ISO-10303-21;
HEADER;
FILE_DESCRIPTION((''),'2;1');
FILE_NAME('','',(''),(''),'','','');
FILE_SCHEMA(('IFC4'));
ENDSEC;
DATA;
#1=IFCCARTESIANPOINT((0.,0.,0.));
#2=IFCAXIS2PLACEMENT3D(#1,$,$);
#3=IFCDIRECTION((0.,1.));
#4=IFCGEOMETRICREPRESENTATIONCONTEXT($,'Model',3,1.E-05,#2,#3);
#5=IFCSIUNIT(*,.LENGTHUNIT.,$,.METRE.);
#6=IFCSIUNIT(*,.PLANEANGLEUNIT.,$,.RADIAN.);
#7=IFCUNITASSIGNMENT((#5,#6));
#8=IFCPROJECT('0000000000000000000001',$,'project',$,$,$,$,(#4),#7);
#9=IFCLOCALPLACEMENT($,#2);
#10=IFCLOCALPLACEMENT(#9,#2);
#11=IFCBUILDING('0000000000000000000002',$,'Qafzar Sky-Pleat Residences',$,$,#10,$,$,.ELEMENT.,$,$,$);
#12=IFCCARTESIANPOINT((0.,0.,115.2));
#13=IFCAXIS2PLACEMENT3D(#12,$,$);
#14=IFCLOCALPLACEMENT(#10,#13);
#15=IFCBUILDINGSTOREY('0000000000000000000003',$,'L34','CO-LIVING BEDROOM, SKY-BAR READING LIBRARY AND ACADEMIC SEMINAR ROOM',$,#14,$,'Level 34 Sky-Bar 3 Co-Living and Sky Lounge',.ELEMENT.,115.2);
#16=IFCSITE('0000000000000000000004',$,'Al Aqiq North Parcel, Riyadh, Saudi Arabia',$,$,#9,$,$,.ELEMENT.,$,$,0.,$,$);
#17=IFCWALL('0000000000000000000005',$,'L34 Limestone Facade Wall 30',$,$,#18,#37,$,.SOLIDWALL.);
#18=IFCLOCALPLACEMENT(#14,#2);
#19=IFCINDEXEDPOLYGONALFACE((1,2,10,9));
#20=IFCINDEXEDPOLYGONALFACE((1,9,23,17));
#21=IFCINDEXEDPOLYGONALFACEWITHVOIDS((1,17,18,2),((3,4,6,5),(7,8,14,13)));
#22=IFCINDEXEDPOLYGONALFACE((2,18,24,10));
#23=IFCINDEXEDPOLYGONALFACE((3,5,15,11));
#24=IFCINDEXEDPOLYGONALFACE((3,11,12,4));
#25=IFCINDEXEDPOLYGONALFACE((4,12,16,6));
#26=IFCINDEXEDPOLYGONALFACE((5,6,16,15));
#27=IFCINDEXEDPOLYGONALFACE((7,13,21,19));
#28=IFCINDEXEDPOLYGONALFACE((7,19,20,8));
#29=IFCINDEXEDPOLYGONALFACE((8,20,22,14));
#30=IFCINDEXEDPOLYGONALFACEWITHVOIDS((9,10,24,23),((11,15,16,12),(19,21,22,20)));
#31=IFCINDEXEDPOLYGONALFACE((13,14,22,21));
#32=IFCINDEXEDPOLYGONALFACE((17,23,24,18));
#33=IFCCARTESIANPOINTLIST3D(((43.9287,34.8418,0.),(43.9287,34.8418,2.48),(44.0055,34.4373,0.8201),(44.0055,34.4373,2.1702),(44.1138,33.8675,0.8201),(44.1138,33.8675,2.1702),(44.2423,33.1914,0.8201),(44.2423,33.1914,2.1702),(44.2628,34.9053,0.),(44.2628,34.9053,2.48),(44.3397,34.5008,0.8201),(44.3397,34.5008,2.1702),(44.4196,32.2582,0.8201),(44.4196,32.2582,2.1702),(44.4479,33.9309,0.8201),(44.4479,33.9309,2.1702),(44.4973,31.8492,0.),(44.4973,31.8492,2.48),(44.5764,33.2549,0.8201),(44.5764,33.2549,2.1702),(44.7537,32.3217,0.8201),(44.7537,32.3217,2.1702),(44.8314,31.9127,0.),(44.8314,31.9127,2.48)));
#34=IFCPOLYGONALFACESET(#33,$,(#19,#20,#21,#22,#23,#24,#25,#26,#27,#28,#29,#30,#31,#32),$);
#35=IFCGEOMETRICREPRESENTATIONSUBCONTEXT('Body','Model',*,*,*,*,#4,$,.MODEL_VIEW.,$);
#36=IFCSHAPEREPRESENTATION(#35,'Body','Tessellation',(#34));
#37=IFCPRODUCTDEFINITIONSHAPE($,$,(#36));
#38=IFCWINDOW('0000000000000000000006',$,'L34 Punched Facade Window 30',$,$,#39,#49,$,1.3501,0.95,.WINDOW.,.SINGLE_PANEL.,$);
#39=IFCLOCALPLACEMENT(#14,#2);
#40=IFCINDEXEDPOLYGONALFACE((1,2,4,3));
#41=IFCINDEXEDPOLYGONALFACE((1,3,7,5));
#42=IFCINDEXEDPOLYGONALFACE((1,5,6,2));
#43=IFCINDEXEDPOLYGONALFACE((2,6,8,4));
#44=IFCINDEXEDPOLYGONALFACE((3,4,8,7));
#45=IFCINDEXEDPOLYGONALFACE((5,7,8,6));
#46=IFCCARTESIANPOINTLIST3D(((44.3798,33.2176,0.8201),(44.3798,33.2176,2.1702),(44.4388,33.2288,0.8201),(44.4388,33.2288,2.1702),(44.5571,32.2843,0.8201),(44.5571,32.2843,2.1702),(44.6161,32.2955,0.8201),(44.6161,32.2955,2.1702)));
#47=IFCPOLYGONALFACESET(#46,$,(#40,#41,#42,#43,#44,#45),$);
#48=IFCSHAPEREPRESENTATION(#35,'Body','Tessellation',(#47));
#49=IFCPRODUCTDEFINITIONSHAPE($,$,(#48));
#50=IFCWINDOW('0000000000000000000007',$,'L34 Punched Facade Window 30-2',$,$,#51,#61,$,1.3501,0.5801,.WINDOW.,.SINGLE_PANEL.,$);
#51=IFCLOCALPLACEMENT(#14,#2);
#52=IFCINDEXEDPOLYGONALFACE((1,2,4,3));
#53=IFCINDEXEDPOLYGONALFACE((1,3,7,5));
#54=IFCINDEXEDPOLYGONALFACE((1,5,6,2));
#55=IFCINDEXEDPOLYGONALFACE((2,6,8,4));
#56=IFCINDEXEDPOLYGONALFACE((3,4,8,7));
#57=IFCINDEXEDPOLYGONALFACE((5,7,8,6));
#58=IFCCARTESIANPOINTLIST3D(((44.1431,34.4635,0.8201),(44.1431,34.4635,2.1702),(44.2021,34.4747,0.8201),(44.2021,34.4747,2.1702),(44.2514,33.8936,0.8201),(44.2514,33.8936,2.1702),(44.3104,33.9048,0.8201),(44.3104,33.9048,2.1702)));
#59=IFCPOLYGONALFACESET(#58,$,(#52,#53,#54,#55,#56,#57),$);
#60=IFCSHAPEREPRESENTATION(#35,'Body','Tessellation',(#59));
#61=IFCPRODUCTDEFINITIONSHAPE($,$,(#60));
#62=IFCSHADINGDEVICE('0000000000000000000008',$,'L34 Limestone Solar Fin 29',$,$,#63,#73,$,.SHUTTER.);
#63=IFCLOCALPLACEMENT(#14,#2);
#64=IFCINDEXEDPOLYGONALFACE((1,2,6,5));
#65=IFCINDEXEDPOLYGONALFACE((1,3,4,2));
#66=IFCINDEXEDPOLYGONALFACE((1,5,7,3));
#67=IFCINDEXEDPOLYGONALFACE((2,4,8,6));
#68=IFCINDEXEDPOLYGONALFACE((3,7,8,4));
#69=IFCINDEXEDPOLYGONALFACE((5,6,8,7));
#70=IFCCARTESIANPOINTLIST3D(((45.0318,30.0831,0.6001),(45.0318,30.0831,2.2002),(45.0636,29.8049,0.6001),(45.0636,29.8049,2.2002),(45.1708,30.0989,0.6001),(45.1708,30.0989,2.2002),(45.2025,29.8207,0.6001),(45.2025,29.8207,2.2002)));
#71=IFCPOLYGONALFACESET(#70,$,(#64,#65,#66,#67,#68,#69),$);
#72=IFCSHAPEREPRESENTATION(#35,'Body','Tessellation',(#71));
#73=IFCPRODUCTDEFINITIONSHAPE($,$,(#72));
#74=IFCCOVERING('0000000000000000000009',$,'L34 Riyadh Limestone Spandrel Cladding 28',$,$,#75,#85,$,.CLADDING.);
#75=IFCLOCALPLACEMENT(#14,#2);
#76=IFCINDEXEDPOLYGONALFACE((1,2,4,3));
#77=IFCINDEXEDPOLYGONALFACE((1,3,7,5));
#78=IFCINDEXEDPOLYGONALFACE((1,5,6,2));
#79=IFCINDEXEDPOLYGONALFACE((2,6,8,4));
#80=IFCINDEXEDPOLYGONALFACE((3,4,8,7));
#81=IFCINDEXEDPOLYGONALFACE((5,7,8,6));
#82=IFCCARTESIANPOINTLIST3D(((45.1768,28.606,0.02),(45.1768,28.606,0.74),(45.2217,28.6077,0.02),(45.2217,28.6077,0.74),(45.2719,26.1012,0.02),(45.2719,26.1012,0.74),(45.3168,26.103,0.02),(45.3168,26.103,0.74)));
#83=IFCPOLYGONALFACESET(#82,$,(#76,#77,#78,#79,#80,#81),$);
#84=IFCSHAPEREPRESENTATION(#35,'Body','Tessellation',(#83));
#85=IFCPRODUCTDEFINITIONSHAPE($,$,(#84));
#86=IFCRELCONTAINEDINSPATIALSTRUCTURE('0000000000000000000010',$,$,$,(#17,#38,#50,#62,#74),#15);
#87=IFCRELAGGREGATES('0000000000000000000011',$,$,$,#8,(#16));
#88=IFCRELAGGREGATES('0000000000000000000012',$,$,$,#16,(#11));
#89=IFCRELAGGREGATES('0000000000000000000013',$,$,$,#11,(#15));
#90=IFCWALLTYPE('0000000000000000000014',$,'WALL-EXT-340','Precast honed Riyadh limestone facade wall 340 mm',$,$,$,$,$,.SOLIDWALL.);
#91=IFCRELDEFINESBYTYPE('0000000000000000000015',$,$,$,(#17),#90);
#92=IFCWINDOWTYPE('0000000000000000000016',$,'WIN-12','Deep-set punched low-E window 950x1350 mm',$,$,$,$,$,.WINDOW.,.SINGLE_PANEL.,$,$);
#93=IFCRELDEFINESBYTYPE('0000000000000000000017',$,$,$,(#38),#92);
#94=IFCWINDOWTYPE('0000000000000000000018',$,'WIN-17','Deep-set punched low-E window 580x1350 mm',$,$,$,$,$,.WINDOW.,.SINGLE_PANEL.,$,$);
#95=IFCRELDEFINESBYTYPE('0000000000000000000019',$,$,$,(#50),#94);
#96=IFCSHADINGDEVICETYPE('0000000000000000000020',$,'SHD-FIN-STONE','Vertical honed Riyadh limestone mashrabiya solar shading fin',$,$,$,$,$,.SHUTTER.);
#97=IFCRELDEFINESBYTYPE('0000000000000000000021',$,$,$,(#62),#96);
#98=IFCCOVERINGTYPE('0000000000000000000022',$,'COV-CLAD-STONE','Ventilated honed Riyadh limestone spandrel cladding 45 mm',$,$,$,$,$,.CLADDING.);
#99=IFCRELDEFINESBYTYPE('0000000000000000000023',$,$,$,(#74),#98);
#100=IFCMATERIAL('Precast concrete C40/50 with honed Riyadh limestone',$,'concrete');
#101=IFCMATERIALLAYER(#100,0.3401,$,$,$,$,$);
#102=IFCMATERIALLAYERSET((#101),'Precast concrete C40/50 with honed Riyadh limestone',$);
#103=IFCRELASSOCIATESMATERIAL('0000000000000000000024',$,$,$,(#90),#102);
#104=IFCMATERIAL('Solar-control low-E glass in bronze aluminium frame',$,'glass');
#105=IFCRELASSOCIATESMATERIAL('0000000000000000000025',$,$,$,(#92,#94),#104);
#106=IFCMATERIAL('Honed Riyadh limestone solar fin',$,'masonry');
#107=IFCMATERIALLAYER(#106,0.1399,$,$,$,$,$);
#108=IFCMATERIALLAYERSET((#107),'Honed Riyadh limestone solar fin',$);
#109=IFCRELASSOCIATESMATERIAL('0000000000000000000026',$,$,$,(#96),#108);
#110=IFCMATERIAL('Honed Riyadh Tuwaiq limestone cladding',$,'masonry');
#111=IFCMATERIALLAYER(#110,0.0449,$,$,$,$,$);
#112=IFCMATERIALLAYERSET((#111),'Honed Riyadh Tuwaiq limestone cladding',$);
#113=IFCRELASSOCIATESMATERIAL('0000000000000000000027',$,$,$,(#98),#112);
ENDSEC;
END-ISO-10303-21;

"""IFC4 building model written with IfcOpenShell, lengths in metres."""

from ifc_helpers import new_model, si_unit, direction, frame, frame_2d, origin, origin_2d, place, context, subcontext, project, spatial, rectangle, extrude, source, transform, mapped, material, layer, layer_set, type_object, element, fill, save


model = new_model("IFC4")

# Units and contexts
model_context = context("Model", 3, precision=1e-05, world=origin(), true_north=direction((0.0, 1.0)))
body_context = subcontext(model_context, "Body", "Model", "MODEL_VIEW")
ifc_project = project(units=[si_unit("LENGTHUNIT", "METRE"), si_unit("PLANEANGLEUNIT", "RADIAN")], contexts=[model_context])

# Site, building, storey
site_placement = place(None, origin())
site = spatial("IfcSite", under=ifc_project, at=site_placement, Name="Al Aqiq North Parcel, Riyadh, Saudi Arabia", CompositionType="ELEMENT", RefElevation=0.0)
building_placement = place(site_placement, origin())
building = spatial("IfcBuilding", under=site, at=building_placement, Name="Qafzar Sky-Pleat Residences", CompositionType="ELEMENT")
storey_placement = place(building_placement, frame((0.0, 0.0, 115.2)))
storey = spatial("IfcBuildingStorey", under=building, at=storey_placement, Name="L34", Description="CO-LIVING BEDROOM, SKY-BAR READING LIBRARY AND ACADEMIC SEMINAR ROOM", LongName="Level 34 Sky-Bar 3 Co-Living and Sky Lounge", CompositionType="ELEMENT", Elevation=115.2)

# Shared definitions
ifc_material_1 = material(Name="Precast concrete C40/50 with honed Riyadh limestone", Category="concrete")
ifc_layer_1 = layer(ifc_material_1, 0.3401)
ifc_layer_set_1 = layer_set([ifc_layer_1], Name="Precast concrete C40/50 with honed Riyadh limestone")
wall_type_1 = type_object("IfcWallType", Name="WALL-EXT-340", Description="Precast honed Riyadh limestone facade wall 340 mm", PredefinedType="SOLIDWALL", material=ifc_layer_set_1)
ifc_material_2 = material(Name="Solar-control low-E glass in bronze aluminium frame", Category="glass")

# Wall, openings, windows
wall_1_placement = place(storey_placement, frame((44.6643, 31.8811, 0.0), z_axis=(0.0, 0.0, 1.0), x_axis=(-0.186659, 0.982425, 0.0)))
wall_1 = element("IfcWall", 1, at=wall_1_placement, inside=storey, type_object=wall_type_1, Name="L34 Limestone Facade Wall 30", PredefinedType="SOLIDWALL", context=body_context, shape_type="SweptSolid", body=[
    extrude(rectangle(XDim=3.0461, YDim=0.3401, at=frame_2d((1.5229, 0.0))), origin(), (0.0, 0.0, 1.0), 2.48),
])
opening_1_placement = place(wall_1_placement, frame((0.416, 0.0, 0.8201)))
opening_1 = element("IfcOpeningElement", 2, at=opening_1_placement, cuts=wall_1, PredefinedType="OPENING", context=body_context, shape_type="SweptSolid", body=[
    extrude(rectangle(XDim=0.95, YDim=1.3501, at=frame_2d((0.4751, 0.675))), frame((0.0, 0.1802, 0.0), z_axis=(0.0, -1.0, 0.0), x_axis=(1.0, 0.0, 0.0)), (0.0, 0.0, 1.0), 0.3601),
])
opening_2_placement = place(wall_1_placement, frame((2.0542, 0.0, 0.8201)))
opening_2 = element("IfcOpeningElement", 3, at=opening_2_placement, cuts=wall_1, PredefinedType="OPENING", context=body_context, shape_type="SweptSolid", body=[
    extrude(rectangle(XDim=0.5801, YDim=1.3501, at=frame_2d((0.29, 0.675))), frame((0.0, 0.1802, 0.0), z_axis=(0.0, -1.0, 0.0), x_axis=(1.0, 0.0, 0.0)), (0.0, 0.0, 1.0), 0.3601),
])
window_type_1 = type_object("IfcWindowType", Name="WIN-12", Description="Deep-set punched low-E window 950x1350 mm", PartitioningType="SINGLE_PANEL", PredefinedType="WINDOW", material=ifc_material_2)
shared_shape_1 = source(origin(), body_context, "Body", "SweptSolid", [
    extrude(rectangle(XDim=0.95, YDim=1.3501, at=frame_2d((0.4751, 0.675))), frame((0.0, 0.03, 0.0), z_axis=(0.0, -1.0, 0.0), x_axis=(1.0, 0.0, 0.0)), (0.0, 0.0, 1.0), 0.0601),
])
window_1_placement = place(opening_1_placement, origin())
window_1 = element("IfcWindow", 4, at=window_1_placement, inside=storey, type_object=window_type_1, Name="L34 Punched Facade Window 30", OverallHeight=1.3501, OverallWidth=0.95, PartitioningType="SINGLE_PANEL", PredefinedType="WINDOW", context=body_context, shape_type="MappedRepresentation", body=[
    mapped(shared_shape_1, transform((0.0, 0.0, 0.0), x_axis=(1.0, 0.0, 0.0), y_axis=(0.0, 1.0, 0.0), z_axis=(0.0, 0.0, 1.0), scale=1.0)),
])
fill(opening_1, window_1)
window_type_2 = type_object("IfcWindowType", Name="WIN-17", Description="Deep-set punched low-E window 580x1350 mm", PartitioningType="SINGLE_PANEL", PredefinedType="WINDOW", material=ifc_material_2)
shared_shape_2 = source(origin(), body_context, "Body", "SweptSolid", [
    extrude(rectangle(XDim=0.5801, YDim=1.3501, at=frame_2d((0.29, 0.675))), frame((0.0, 0.03, 0.0), z_axis=(0.0, -1.0, 0.0), x_axis=(1.0, 0.0, 0.0)), (0.0, 0.0, 1.0), 0.0601),
])
window_2_placement = place(opening_2_placement, origin())
window_2 = element("IfcWindow", 5, at=window_2_placement, inside=storey, type_object=window_type_2, Name="L34 Punched Facade Window 30-2", OverallHeight=1.3501, OverallWidth=0.5801, PartitioningType="SINGLE_PANEL", PredefinedType="WINDOW", context=body_context, shape_type="MappedRepresentation", body=[
    mapped(shared_shape_2, transform((0.0, 0.0, 0.0), x_axis=(1.0, 0.0, 0.0), y_axis=(0.0, 1.0, 0.0), z_axis=(0.0, 0.0, 1.0), scale=1.0)),
])
fill(opening_2, window_2)

# Shading device
ifc_material_3 = material(Name="Honed Riyadh limestone solar fin", Category="masonry")
ifc_layer_2 = layer(ifc_material_3, 0.1399)
ifc_layer_set_2 = layer_set([ifc_layer_2], Name="Honed Riyadh limestone solar fin")
shading_device_type = type_object("IfcShadingDeviceType", Name="SHD-FIN-STONE", Description="Vertical honed Riyadh limestone mashrabiya solar shading fin", PredefinedType="SHUTTER", material=ifc_layer_set_2)
shared_shape_3 = source(origin(), body_context, "Body", "SweptSolid", [
    extrude(rectangle(XDim=0.1399, YDim=0.28, at=origin_2d()), origin(), (0.0, 0.0, 1.0), 1.6001),
])
shading_device_placement = place(storey_placement, frame((45.1172, 29.9519, 0.6001), z_axis=(0.0, 0.0, 1.0), x_axis=(0.993563, 0.113279, 0.0)))
element("IfcShadingDevice", 6, at=shading_device_placement, inside=storey, type_object=shading_device_type, Name="L34 Limestone Solar Fin 29", PredefinedType="SHUTTER", context=body_context, shape_type="MappedRepresentation", body=[
    mapped(shared_shape_3, transform((0.0, 0.0, 0.0), x_axis=(1.0, 0.0, 0.0), y_axis=(0.0, 1.0, 0.0), z_axis=(0.0, 0.0, 1.0), scale=1.0)),
])

# Covering
ifc_material_4 = material(Name="Honed Riyadh Tuwaiq limestone cladding", Category="masonry")
ifc_layer_3 = layer(ifc_material_4, 0.0449)
ifc_layer_set_3 = layer_set([ifc_layer_3], Name="Honed Riyadh Tuwaiq limestone cladding")
covering_type = type_object("IfcCoveringType", Name="COV-CLAD-STONE", Description="Ventilated honed Riyadh limestone spandrel cladding 45 mm", PredefinedType="CLADDING", material=ifc_layer_set_3)
shared_shape_4 = source(origin(), body_context, "Body", "SweptSolid", [
    extrude(rectangle(XDim=2.5066, YDim=0.0449, at=origin_2d()), origin(), (0.0, 0.0, 1.0), 0.72),
])
covering_placement = place(storey_placement, frame((45.2468, 27.3545, 0.02), z_axis=(0.0, 0.0, 1.0), x_axis=(-0.037951, 0.99928, 0.0)))
element("IfcCovering", 7, at=covering_placement, inside=storey, type_object=covering_type, Name="L34 Riyadh Limestone Spandrel Cladding 28", PredefinedType="CLADDING", context=body_context, shape_type="MappedRepresentation", body=[
    mapped(shared_shape_4, transform((0.0, 0.0, 0.0), x_axis=(1.0, 0.0, 0.0), y_axis=(0.0, 1.0, 0.0), z_axis=(0.0, 0.0, 1.0), scale=1.0)),
])

save(model, "model.ifc")
